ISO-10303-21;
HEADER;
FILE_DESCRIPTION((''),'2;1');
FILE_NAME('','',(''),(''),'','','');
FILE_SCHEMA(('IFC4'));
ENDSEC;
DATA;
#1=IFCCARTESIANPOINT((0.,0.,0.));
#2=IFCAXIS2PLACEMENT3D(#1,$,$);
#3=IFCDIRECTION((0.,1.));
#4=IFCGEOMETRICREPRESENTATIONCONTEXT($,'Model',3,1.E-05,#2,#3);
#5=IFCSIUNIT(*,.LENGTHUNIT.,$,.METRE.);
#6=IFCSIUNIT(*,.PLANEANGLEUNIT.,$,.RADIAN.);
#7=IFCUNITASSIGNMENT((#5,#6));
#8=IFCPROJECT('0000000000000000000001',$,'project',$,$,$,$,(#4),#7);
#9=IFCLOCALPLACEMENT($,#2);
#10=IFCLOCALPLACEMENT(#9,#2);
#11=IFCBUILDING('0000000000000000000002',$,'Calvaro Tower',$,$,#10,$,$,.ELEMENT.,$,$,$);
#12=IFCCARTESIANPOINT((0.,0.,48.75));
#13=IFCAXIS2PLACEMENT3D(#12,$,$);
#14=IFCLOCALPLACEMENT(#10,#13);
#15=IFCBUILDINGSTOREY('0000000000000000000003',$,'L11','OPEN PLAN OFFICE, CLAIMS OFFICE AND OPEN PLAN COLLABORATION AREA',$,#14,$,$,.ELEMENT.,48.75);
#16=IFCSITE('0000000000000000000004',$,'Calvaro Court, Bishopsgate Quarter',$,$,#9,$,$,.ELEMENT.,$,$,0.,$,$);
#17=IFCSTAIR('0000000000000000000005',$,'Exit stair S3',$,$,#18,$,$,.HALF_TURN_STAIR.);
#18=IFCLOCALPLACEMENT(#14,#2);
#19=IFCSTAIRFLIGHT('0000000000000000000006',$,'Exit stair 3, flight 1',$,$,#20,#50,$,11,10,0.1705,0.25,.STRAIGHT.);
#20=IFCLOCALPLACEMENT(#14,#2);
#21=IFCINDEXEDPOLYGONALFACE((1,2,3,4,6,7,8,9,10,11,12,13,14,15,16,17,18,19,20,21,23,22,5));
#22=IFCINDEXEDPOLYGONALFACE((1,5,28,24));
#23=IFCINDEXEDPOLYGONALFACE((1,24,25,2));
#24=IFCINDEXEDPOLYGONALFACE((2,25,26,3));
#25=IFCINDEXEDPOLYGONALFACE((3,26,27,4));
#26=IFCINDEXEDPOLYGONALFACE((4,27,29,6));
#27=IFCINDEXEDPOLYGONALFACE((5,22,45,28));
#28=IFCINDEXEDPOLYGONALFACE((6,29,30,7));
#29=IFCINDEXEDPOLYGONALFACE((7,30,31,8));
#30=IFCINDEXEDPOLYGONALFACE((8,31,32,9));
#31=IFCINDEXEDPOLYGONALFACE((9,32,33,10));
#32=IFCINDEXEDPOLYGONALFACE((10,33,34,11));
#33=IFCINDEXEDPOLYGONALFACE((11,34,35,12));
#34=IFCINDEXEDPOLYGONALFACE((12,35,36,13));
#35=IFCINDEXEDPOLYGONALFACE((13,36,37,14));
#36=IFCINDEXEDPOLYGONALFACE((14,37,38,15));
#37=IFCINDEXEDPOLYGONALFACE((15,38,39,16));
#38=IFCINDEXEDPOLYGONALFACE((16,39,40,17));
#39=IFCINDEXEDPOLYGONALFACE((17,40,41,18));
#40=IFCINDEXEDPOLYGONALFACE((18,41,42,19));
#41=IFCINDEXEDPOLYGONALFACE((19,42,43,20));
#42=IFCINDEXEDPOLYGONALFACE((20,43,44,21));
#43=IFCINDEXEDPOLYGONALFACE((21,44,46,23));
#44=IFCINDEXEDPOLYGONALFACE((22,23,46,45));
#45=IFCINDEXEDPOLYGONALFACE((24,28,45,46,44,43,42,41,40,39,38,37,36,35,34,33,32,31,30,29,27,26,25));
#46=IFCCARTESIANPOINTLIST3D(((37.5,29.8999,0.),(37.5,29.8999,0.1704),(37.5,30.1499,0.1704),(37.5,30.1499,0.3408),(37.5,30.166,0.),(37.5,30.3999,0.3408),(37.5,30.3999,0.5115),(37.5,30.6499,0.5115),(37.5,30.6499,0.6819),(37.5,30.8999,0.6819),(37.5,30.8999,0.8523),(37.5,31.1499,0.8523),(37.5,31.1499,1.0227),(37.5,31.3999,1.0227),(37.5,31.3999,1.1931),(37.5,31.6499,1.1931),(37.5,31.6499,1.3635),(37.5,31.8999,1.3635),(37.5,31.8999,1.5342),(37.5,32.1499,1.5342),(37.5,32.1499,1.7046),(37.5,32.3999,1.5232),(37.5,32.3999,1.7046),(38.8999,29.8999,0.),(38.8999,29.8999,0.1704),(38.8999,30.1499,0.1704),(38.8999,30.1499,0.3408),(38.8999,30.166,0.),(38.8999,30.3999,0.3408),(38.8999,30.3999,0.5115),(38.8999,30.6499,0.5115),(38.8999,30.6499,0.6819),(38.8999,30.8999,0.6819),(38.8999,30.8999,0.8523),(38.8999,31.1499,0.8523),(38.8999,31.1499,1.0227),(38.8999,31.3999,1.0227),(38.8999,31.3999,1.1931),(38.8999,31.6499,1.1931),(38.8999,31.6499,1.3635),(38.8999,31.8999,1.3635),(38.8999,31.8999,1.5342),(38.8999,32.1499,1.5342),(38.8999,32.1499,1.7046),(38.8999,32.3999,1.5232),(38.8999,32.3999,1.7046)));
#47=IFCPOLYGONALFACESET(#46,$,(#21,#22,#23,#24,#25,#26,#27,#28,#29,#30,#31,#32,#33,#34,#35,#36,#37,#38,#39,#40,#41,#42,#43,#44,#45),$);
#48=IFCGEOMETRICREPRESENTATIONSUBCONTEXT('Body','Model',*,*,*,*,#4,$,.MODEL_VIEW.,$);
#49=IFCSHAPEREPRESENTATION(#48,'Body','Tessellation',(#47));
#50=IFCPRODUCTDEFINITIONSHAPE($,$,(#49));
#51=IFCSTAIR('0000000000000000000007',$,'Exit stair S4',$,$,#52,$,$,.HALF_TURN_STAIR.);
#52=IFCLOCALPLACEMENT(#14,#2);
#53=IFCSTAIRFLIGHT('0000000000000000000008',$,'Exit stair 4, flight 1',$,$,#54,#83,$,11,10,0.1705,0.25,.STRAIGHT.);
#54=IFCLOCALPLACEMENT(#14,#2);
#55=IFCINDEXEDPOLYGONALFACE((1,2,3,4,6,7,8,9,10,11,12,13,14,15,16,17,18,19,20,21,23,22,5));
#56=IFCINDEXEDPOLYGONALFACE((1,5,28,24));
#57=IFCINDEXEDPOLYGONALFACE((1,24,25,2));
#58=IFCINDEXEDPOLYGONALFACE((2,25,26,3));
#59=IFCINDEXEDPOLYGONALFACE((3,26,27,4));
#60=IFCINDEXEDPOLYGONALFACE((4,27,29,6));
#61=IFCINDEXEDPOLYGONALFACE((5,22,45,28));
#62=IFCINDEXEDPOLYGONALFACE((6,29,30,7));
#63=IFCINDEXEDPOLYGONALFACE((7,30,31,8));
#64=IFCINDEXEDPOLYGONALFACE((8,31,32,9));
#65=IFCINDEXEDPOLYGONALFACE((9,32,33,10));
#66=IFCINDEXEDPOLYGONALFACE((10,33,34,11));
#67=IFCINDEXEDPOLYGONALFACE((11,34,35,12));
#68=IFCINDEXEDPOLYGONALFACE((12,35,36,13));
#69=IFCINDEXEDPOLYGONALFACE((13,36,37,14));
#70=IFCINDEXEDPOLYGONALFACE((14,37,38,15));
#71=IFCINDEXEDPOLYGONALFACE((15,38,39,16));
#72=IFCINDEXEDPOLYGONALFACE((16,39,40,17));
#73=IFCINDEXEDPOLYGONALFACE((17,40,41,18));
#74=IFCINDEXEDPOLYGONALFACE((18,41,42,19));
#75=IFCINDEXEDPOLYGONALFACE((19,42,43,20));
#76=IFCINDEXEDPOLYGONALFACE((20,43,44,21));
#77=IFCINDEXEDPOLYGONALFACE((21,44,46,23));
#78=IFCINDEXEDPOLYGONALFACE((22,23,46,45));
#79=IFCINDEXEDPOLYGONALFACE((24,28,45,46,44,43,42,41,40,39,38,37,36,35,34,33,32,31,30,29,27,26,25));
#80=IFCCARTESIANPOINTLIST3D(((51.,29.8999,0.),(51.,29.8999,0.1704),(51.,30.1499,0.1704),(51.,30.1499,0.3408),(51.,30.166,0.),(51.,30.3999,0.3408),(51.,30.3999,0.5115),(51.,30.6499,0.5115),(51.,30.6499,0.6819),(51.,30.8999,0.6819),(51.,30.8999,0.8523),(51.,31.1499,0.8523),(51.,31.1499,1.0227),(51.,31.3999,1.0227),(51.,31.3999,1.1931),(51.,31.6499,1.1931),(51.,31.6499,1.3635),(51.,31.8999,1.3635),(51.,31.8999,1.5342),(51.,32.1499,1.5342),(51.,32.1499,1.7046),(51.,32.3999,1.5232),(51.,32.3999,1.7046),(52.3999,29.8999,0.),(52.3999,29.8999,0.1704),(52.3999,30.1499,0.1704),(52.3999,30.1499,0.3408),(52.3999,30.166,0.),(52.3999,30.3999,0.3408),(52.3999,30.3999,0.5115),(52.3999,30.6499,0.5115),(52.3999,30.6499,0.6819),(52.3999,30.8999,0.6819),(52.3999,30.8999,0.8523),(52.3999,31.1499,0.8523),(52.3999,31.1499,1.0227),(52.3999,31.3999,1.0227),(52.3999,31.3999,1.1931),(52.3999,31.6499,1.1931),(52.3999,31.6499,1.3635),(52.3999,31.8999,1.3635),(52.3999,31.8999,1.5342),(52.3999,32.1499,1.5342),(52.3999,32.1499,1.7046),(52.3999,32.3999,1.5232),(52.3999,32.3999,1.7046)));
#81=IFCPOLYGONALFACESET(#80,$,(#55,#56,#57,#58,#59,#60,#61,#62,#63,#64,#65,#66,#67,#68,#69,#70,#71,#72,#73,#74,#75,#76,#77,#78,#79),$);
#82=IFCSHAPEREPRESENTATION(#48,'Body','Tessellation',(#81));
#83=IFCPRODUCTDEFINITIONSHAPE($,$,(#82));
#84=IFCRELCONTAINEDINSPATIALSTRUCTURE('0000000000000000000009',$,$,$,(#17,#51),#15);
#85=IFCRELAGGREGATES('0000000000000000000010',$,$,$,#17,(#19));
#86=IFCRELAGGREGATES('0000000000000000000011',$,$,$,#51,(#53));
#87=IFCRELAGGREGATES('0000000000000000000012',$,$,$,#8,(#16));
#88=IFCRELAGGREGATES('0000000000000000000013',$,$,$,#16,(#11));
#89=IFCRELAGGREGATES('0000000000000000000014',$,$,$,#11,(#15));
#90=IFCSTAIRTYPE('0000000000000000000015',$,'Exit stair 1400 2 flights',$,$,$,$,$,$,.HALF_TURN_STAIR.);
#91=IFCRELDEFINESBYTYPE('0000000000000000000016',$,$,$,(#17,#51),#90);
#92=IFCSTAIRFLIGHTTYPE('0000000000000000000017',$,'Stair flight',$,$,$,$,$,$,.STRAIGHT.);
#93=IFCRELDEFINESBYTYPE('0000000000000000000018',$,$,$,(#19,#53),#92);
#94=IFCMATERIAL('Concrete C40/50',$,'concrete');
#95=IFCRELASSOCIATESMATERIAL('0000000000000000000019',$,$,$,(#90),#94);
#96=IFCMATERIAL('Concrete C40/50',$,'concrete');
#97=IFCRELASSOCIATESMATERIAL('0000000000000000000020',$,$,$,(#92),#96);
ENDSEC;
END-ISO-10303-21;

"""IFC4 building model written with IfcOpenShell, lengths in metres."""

from ifc_helpers import new_model, si_unit, direction, frame, origin, place, context, subcontext, project, spatial, polyline, outline, extrude, material, type_object, element, aggregate, save


model = new_model("IFC4")

# Units and contexts
model_context = context("Model", 3, precision=1e-05, world=origin(), true_north=direction((0.0, 1.0)))
body_context = subcontext(model_context, "Body", "Model", "MODEL_VIEW")
ifc_project = project(units=[si_unit("LENGTHUNIT", "METRE"), si_unit("PLANEANGLEUNIT", "RADIAN")], contexts=[model_context])

# Site, building, storey
site_placement = place(None, origin())
site = spatial("IfcSite", under=ifc_project, at=site_placement, Name="Calvaro Court, Bishopsgate Quarter", CompositionType="ELEMENT", RefElevation=0.0)
building_placement = place(site_placement, origin())
building = spatial("IfcBuilding", under=site, at=building_placement, Name="Calvaro Tower", CompositionType="ELEMENT")
storey_placement = place(building_placement, frame((0.0, 0.0, 48.75)))
storey = spatial("IfcBuildingStorey", under=building, at=storey_placement, Name="L11", Description="OPEN PLAN OFFICE, CLAIMS OFFICE AND OPEN PLAN COLLABORATION AREA", CompositionType="ELEMENT", Elevation=48.75)

# Stairs, stair flights
ifc_material_1 = material(Name="Concrete C40/50", Category="concrete")
stair_type = type_object("IfcStairType", Name="Exit stair 1400 2 flights", PredefinedType="HALF_TURN_STAIR", material=ifc_material_1)
stair_1_placement = place(storey_placement, origin())
stair_1 = element("IfcStair", 1, at=stair_1_placement, inside=storey, type_object=stair_type, Name="Exit stair S3", PredefinedType="HALF_TURN_STAIR")
ifc_material_2 = material(Name="Concrete C40/50", Category="concrete")
stair_flight_type = type_object("IfcStairFlightType", Name="Stair flight", PredefinedType="STRAIGHT", material=ifc_material_2)
stair_flight_1_placement = place(storey_placement, frame((38.2, 29.8999, 0.0), z_axis=(0.0, 0.0, 1.0), x_axis=(0.0, 1.0, 0.0)))
stair_flight_1 = element("IfcStairFlight", 2, at=stair_flight_1_placement, type_object=stair_flight_type, Name="Exit stair 3, flight 1", NumberOfRisers=11, NumberOfTreads=10, PredefinedType="STRAIGHT", RiserHeight=0.1705, TreadLength=0.25, context=body_context, shape_type="SweptSolid", body=[
    extrude(outline(polyline([(0.0, 0.0), (0.0, 0.1704), (0.25, 0.1704), (0.25, 0.3408), (0.5, 0.3408), (0.5, 0.5115), (0.75, 0.5115), (0.75, 0.6819), (1.0, 0.6819), (1.0, 0.8523), (1.25, 0.8523), (1.25, 1.0227), (1.5, 1.0227), (1.5, 1.1931), (1.75, 1.1931), (1.75, 1.3635), (2.0, 1.3635), (2.0, 1.5342), (2.25, 1.5342), (2.25, 1.7046), (2.5, 1.7046), (2.5, 1.875), (2.5, 1.5232), (0.2661, 0.0), (0.0, 0.0)])), frame((0.0, 0.7, 0.0), z_axis=(0.0, -1.0, 0.0), x_axis=(1.0, 0.0, 0.0)), (0.0, 0.0, 1.0), 1.3999),
])
stair_2_placement = place(storey_placement, origin())
stair_2 = element("IfcStair", 3, at=stair_2_placement, inside=storey, type_object=stair_type, Name="Exit stair S4", PredefinedType="HALF_TURN_STAIR")
stair_flight_2_placement = place(storey_placement, frame((51.7, 29.8999, 0.0), z_axis=(0.0, 0.0, 1.0), x_axis=(0.0, 1.0, 0.0)))
stair_flight_2 = element("IfcStairFlight", 4, at=stair_flight_2_placement, type_object=stair_flight_type, Name="Exit stair 4, flight 1", NumberOfRisers=11, NumberOfTreads=10, PredefinedType="STRAIGHT", RiserHeight=0.1705, TreadLength=0.25, context=body_context, shape_type="SweptSolid", body=[
    extrude(outline(polyline([(0.0, 0.0), (0.0, 0.1704), (0.25, 0.1704), (0.25, 0.3408), (0.5, 0.3408), (0.5, 0.5115), (0.75, 0.5115), (0.75, 0.6819), (1.0, 0.6819), (1.0, 0.8523), (1.25, 0.8523), (1.25, 1.0227), (1.5, 1.0227), (1.5, 1.1931), (1.75, 1.1931), (1.75, 1.3635), (2.0, 1.3635), (2.0, 1.5342), (2.25, 1.5342), (2.25, 1.7046), (2.5, 1.7046), (2.5, 1.875), (2.5, 1.5232), (0.2661, 0.0), (0.0, 0.0)])), frame((0.0, 0.7, 0.0), z_axis=(0.0, -1.0, 0.0), x_axis=(1.0, 0.0, 0.0)), (0.0, 0.0, 1.0), 1.3999),
])

aggregate(stair_1, [stair_flight_1])
aggregate(stair_2, [stair_flight_2])

save(model, "model.ifc")
